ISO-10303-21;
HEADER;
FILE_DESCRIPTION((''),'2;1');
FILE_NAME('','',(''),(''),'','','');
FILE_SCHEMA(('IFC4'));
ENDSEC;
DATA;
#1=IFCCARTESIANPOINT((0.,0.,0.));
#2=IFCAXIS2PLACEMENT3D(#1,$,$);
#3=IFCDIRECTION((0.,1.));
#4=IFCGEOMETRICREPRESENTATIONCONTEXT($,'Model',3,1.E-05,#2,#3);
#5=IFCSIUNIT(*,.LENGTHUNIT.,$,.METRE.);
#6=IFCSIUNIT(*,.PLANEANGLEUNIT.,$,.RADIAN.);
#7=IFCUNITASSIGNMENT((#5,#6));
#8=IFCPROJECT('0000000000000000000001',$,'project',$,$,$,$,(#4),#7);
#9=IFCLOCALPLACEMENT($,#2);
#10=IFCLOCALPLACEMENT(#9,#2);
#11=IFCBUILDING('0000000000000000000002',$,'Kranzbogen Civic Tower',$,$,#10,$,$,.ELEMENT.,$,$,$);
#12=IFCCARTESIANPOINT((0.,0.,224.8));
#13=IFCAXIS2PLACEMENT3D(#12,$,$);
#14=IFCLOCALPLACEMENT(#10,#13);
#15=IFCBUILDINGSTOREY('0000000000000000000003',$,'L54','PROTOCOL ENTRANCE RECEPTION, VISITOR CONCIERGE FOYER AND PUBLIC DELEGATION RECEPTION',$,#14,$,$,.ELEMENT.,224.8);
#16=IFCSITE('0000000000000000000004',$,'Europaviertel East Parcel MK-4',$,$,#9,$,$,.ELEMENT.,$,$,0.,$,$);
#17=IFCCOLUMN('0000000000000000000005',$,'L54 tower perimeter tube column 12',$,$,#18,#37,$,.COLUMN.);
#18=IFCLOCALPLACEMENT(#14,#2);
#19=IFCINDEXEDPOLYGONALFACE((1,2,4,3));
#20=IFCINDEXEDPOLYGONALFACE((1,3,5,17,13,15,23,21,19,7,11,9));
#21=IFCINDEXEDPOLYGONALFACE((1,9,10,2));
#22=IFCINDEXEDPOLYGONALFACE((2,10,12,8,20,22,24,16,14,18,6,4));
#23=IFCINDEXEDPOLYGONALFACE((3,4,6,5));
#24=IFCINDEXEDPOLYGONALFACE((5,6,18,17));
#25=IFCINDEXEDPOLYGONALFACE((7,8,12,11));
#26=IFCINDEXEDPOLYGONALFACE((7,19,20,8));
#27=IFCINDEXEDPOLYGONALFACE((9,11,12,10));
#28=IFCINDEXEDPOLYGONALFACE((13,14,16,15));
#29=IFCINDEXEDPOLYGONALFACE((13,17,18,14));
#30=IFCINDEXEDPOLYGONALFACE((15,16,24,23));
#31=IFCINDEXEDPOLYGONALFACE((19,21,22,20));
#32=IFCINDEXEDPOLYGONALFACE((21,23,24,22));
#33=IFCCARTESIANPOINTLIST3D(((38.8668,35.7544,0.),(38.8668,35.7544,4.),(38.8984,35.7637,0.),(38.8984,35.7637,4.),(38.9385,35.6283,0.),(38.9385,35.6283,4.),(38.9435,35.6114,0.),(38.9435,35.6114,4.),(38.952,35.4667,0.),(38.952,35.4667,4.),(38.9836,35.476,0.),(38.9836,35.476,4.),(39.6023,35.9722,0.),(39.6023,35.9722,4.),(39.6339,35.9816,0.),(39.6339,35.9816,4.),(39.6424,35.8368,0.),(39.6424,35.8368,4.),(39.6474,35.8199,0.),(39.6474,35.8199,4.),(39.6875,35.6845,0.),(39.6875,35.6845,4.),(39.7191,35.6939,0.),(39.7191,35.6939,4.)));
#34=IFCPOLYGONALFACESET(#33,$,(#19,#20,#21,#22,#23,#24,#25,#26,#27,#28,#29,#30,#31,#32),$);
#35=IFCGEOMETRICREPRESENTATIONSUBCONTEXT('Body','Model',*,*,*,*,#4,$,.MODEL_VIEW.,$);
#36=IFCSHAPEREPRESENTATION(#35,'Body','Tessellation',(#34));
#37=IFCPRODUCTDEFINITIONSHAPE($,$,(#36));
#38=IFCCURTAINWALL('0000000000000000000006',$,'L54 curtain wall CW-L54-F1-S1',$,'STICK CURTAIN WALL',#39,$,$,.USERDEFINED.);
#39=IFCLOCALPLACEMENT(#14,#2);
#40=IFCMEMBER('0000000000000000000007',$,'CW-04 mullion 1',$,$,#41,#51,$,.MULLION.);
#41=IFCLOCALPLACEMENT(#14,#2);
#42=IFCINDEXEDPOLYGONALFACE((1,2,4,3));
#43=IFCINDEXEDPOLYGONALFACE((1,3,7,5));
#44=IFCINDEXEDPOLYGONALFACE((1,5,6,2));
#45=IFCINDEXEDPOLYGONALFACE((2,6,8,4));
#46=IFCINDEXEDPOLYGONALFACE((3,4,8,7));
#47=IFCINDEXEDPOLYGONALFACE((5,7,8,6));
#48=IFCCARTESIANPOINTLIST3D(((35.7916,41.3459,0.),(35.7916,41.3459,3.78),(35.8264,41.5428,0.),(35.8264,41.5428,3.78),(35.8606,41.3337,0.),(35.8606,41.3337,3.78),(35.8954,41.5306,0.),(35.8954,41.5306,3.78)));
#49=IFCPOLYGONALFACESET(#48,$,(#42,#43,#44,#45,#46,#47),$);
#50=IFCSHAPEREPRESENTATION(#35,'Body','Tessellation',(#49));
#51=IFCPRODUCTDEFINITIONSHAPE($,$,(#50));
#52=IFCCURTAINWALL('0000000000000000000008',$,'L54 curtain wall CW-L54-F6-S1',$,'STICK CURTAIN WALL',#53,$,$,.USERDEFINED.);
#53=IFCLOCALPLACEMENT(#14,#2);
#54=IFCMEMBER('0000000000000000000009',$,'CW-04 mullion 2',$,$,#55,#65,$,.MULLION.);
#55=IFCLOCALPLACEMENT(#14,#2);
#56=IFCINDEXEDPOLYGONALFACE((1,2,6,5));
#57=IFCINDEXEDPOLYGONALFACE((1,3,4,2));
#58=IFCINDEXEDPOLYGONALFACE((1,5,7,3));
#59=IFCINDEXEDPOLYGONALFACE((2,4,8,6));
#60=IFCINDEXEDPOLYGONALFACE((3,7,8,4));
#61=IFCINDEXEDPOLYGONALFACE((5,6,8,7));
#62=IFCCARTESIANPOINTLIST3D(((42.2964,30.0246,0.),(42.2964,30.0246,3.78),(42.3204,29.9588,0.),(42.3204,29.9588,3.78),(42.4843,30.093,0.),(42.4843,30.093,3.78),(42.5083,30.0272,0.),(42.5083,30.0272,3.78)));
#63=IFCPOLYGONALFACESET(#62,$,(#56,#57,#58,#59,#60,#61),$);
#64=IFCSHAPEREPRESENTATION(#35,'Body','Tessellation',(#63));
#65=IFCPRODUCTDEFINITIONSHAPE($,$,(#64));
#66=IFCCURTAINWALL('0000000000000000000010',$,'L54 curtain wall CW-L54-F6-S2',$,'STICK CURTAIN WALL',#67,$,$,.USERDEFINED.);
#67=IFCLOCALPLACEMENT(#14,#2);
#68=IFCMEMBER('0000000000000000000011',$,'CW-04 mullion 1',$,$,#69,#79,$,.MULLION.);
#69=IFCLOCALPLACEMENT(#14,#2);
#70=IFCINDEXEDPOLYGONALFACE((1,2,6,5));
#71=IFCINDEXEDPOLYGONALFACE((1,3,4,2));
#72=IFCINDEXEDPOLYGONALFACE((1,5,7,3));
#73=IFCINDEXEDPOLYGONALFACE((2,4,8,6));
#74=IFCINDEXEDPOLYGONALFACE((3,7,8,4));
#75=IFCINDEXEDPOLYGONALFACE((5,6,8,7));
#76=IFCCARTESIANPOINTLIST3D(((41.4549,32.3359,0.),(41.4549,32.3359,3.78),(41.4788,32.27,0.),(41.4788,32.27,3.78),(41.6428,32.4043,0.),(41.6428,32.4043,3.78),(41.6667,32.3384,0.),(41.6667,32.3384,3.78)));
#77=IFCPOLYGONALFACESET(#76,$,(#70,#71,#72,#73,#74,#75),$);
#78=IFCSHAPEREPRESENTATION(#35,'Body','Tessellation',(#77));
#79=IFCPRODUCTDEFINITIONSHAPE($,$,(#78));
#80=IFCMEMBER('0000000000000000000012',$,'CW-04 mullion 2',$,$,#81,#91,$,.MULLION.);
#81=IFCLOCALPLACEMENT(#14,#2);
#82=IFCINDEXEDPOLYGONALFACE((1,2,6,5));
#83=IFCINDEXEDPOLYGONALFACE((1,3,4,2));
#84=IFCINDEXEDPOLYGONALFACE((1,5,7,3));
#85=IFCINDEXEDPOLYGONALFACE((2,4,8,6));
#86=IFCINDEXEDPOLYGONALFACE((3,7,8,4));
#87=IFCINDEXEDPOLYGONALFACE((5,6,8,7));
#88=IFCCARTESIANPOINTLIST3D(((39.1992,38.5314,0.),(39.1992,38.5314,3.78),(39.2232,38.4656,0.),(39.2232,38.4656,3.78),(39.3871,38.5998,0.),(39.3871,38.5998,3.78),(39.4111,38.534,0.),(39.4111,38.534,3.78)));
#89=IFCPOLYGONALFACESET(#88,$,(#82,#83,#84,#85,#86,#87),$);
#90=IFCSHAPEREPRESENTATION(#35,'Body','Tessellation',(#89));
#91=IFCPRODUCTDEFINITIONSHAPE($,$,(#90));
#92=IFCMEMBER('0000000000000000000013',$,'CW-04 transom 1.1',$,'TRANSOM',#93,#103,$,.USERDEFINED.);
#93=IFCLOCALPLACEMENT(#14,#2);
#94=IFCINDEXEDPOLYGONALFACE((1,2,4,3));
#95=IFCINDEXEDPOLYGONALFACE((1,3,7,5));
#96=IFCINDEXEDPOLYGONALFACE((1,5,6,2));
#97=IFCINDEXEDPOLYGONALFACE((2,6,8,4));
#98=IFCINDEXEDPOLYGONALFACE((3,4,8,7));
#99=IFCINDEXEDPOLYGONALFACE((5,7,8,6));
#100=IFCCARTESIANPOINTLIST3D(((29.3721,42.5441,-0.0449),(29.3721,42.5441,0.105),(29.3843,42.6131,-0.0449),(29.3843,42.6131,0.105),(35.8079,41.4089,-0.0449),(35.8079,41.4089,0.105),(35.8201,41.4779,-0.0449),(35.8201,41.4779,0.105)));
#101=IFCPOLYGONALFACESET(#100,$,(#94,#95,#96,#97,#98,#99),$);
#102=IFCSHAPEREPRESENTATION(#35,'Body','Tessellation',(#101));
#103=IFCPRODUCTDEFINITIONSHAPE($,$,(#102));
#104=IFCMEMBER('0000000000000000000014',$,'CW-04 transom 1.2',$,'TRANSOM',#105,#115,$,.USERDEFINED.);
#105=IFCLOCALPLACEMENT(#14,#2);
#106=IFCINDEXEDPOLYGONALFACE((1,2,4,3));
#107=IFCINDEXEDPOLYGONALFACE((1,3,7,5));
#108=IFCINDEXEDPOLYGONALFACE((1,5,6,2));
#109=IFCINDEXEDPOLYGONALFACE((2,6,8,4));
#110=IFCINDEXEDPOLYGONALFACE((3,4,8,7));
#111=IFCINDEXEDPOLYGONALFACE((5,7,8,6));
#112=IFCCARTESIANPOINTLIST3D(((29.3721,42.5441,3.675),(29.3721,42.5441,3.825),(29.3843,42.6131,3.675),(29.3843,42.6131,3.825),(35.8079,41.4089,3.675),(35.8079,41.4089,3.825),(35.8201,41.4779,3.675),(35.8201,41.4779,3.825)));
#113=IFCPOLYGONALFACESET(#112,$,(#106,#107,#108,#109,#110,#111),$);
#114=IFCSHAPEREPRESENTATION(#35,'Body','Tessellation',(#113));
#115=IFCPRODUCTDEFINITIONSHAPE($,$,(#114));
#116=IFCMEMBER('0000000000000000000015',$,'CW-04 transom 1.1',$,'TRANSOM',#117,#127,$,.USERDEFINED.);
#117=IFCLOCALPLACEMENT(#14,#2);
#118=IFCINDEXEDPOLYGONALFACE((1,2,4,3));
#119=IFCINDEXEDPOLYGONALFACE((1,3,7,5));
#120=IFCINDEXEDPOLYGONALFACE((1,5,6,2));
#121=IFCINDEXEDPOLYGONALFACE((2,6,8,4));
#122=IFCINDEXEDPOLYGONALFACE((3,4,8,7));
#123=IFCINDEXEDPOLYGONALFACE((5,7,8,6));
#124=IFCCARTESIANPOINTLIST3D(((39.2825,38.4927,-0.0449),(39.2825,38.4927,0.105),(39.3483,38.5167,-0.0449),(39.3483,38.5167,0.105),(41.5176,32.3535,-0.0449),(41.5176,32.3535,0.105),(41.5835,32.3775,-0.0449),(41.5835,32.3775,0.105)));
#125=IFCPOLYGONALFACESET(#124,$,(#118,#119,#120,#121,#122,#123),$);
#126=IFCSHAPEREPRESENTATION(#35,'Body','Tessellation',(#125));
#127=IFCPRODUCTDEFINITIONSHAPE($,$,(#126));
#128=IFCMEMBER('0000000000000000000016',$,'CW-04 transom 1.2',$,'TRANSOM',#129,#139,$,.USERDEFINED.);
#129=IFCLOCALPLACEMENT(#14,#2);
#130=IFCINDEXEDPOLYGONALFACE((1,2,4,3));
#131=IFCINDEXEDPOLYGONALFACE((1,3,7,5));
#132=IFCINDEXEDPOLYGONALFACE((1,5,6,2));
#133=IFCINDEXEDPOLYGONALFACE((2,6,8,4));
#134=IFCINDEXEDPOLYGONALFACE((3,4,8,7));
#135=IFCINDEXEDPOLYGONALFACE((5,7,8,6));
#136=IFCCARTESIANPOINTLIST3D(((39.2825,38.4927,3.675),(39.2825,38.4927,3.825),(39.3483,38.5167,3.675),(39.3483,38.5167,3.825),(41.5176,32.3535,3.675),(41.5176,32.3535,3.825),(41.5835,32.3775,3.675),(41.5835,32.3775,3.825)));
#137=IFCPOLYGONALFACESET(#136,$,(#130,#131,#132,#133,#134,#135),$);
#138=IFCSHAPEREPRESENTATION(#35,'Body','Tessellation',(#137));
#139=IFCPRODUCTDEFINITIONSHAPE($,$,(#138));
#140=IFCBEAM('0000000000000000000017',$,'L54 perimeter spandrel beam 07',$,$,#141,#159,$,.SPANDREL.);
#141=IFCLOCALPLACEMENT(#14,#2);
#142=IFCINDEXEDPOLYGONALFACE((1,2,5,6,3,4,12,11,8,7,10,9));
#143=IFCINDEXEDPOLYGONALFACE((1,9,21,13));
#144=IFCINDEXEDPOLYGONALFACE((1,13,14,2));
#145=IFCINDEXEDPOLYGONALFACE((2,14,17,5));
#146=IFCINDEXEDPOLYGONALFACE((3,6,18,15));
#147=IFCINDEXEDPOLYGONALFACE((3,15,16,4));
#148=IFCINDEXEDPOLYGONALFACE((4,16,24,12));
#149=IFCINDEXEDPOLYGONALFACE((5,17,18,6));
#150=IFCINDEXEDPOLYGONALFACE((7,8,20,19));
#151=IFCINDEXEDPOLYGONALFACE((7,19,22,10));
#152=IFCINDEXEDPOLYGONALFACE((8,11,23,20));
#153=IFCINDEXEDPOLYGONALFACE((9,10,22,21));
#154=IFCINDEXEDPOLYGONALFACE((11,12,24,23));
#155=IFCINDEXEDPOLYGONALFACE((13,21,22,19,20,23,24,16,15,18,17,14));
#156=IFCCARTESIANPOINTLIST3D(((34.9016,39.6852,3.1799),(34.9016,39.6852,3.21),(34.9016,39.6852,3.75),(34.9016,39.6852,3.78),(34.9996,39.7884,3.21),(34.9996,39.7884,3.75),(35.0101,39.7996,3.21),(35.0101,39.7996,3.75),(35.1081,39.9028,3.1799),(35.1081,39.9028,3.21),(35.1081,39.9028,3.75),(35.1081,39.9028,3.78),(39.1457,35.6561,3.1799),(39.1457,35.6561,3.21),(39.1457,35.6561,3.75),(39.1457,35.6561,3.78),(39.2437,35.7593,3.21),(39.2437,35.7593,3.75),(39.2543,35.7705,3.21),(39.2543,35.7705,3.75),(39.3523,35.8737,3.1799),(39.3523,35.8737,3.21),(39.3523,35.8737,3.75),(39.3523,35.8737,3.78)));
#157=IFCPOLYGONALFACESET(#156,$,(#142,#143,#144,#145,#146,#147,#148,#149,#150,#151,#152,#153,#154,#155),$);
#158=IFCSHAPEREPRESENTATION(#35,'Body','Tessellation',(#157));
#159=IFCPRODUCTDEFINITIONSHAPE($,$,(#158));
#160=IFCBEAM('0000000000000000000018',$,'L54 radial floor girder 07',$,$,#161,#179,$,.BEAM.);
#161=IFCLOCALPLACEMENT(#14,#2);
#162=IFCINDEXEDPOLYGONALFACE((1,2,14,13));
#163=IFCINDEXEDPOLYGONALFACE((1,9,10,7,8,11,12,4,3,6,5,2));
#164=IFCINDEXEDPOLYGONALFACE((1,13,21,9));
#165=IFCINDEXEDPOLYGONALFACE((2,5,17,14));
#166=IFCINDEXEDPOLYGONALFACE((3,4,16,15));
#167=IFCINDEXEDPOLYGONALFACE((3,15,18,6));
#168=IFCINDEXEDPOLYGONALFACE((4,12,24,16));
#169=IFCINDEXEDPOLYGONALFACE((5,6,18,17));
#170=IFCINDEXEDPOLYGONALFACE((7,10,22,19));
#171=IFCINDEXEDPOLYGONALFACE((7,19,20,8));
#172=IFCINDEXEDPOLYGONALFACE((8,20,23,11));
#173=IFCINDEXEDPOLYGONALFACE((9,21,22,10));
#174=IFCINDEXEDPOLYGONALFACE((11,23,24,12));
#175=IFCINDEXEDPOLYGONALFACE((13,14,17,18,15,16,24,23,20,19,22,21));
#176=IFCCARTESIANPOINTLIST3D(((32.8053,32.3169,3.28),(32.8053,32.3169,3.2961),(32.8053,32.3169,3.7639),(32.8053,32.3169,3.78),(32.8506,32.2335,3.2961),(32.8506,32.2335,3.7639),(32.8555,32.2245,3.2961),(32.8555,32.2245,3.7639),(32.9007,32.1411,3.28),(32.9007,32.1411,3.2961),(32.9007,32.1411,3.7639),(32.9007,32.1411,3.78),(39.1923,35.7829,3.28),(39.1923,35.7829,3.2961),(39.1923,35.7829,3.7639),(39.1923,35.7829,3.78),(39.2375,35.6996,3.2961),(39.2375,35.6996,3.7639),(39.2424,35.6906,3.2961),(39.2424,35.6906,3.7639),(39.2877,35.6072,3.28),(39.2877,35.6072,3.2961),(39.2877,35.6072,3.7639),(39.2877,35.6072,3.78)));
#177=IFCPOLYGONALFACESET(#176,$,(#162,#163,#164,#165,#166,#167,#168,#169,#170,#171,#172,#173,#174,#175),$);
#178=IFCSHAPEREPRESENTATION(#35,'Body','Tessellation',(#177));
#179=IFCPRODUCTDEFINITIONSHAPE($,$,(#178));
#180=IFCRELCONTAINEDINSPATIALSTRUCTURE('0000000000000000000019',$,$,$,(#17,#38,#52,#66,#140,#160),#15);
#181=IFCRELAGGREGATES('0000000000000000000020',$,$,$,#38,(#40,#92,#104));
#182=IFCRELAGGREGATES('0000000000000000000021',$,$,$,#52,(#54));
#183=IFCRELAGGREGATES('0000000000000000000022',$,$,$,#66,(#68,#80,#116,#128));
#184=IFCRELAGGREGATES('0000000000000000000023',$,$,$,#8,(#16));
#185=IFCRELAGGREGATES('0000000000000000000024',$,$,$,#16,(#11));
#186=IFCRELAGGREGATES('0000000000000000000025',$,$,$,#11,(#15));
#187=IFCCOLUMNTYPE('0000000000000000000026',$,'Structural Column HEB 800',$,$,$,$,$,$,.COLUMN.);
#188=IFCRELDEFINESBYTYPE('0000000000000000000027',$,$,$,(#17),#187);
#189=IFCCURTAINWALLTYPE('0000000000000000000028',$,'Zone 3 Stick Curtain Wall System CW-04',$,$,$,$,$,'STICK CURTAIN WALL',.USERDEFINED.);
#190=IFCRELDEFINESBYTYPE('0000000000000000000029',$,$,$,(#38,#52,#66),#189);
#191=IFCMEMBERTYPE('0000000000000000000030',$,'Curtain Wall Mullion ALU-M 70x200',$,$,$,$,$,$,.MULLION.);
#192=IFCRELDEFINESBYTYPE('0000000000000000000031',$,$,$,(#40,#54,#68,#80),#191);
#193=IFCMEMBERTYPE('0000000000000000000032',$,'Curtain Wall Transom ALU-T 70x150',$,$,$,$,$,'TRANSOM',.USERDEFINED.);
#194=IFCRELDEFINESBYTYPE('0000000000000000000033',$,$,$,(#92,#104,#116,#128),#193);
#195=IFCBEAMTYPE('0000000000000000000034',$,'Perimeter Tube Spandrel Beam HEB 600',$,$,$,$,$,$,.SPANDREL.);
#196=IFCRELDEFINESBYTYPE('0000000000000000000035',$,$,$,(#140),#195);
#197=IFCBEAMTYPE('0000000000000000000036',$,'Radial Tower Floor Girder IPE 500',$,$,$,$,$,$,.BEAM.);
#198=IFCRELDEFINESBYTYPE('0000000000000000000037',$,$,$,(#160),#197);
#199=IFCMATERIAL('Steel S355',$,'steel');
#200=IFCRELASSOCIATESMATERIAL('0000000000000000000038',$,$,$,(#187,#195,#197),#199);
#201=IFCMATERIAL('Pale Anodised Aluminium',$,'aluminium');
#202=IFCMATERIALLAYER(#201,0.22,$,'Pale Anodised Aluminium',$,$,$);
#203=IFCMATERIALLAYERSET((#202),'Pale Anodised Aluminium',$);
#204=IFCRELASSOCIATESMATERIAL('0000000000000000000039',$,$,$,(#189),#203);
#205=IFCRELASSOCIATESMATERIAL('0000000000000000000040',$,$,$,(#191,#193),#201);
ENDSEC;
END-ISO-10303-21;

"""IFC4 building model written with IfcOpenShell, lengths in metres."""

from ifc_helpers import new_model, si_unit, direction, frame, origin, origin_2d, place, context, subcontext, project, spatial, rectangle, i_section, extrude, material, layer, layer_set, material_profile, profile_set, type_object, element, aggregate, save


model = new_model("IFC4")

# Units and contexts
model_context = context("Model", 3, precision=1e-05, world=origin(), true_north=direction((0.0, 1.0)))
body_context = subcontext(model_context, "Body", "Model", "MODEL_VIEW")
ifc_project = project(units=[si_unit("LENGTHUNIT", "METRE"), si_unit("PLANEANGLEUNIT", "RADIAN")], contexts=[model_context])

# Site, building, storey
site_placement = place(None, origin())
site = spatial("IfcSite", under=ifc_project, at=site_placement, Name="Europaviertel East Parcel MK-4", CompositionType="ELEMENT", RefElevation=0.0)
building_placement = place(site_placement, origin())
building = spatial("IfcBuilding", under=site, at=building_placement, Name="Kranzbogen Civic Tower", CompositionType="ELEMENT")
storey_placement = place(building_placement, frame((0.0, 0.0, 224.8)))
storey = spatial("IfcBuildingStorey", under=building, at=storey_placement, Name="L54", Description="PROTOCOL ENTRANCE RECEPTION, VISITOR CONCIERGE FOYER AND PUBLIC DELEGATION RECEPTION", CompositionType="ELEMENT", Elevation=224.8)

# Column
ifc_material_1 = material(Name="Steel S355", Category="steel")
ifc_material_profile_1 = material_profile(ifc_material_1, i_section(OverallWidth=0.3, OverallDepth=0.8, WebThickness=0.0176, FlangeThickness=0.033, at=origin_2d()), Name="HEB 800")
ifc_profile_set_1 = profile_set([ifc_material_profile_1], Name="Steel S355")
column_type = type_object("IfcColumnType", Name="Structural Column HEB 800", PredefinedType="COLUMN", material=ifc_profile_set_1)
column_placement = place(storey_placement, frame((39.293, 35.7241, 0.0), z_axis=(0.0, 0.0, 1.0), x_axis=(-0.284015, 0.95882, 0.0)))
element("IfcColumn", 1, at=column_placement, inside=storey, type_object=column_type, Name="L54 tower perimeter tube column 12", PredefinedType="COLUMN", context=body_context, shape_type="SweptSolid", body=[
    extrude(i_section(OverallWidth=0.3, OverallDepth=0.8, WebThickness=0.0176, FlangeThickness=0.033, at=origin_2d()), origin(), (0.0, 0.0, 1.0), 4.0),
])

# Curtain walls, members
ifc_material_2 = material(Name="Pale Anodised Aluminium", Category="aluminium")
ifc_layer_1 = layer(ifc_material_2, 0.22, Name="Pale Anodised Aluminium")
ifc_layer_set_1 = layer_set([ifc_layer_1], Name="Pale Anodised Aluminium")
curtain_wall_type = type_object("IfcCurtainWallType", Name="Zone 3 Stick Curtain Wall System CW-04", ElementType="STICK CURTAIN WALL", PredefinedType="USERDEFINED", material=ifc_layer_set_1)
curtain_wall_1_placement = place(storey_placement, origin())
curtain_wall_1 = element("IfcCurtainWall", 2, at=curtain_wall_1_placement, inside=storey, type_object=curtain_wall_type, Name="L54 curtain wall CW-L54-F1-S1", ObjectType="STICK CURTAIN WALL", PredefinedType="USERDEFINED")
ifc_material_profile_2 = material_profile(ifc_material_2, rectangle(XDim=0.0701, YDim=0.2, at=origin_2d()), Name="ALU-M 70x200")
ifc_profile_set_2 = profile_set([ifc_material_profile_2], Name="Pale Anodised Aluminium")
member_type_1 = type_object("IfcMemberType", Name="Curtain Wall Mullion ALU-M 70x200", PredefinedType="MULLION", material=ifc_profile_set_2)
member_1_placement = place(storey_placement, frame((35.8435, 41.4382, 0.0), z_axis=(0.0, 0.0, 1.0), x_axis=(-0.984799, 0.1737, 0.0)))
member_1 = element("IfcMember", 3, at=member_1_placement, type_object=member_type_1, Name="CW-04 mullion 1", PredefinedType="MULLION", context=body_context, shape_type="SweptSolid", body=[
    extrude(rectangle(XDim=0.0701, YDim=0.2, at=origin_2d()), origin(), (0.0, 0.0, 1.0), 3.78),
])
curtain_wall_2_placement = place(storey_placement, origin())
curtain_wall_2 = element("IfcCurtainWall", 4, at=curtain_wall_2_placement, inside=storey, type_object=curtain_wall_type, Name="L54 curtain wall CW-L54-F6-S1", ObjectType="STICK CURTAIN WALL", PredefinedType="USERDEFINED")
member_2_placement = place(storey_placement, frame((42.4023, 30.0259, 0.0), z_axis=(0.0, 0.0, 1.0), x_axis=(-0.342033, 0.939688, 0.0)))
member_2 = element("IfcMember", 5, at=member_2_placement, type_object=member_type_1, Name="CW-04 mullion 2", PredefinedType="MULLION", context=body_context, shape_type="SweptSolid", body=[
    extrude(rectangle(XDim=0.0701, YDim=0.2, at=origin_2d()), origin(), (0.0, 0.0, 1.0), 3.78),
])

# Curtain wall, members
curtain_wall_3_placement = place(storey_placement, origin())
curtain_wall_3 = element("IfcCurtainWall", 6, at=curtain_wall_3_placement, inside=storey, type_object=curtain_wall_type, Name="L54 curtain wall CW-L54-F6-S2", ObjectType="STICK CURTAIN WALL", PredefinedType="USERDEFINED")
member_3_placement = place(storey_placement, frame((41.5608, 32.3372, 0.0), z_axis=(0.0, 0.0, 1.0), x_axis=(-0.342081, 0.93967, 0.0)))
member_3 = element("IfcMember", 7, at=member_3_placement, type_object=member_type_1, Name="CW-04 mullion 1", PredefinedType="MULLION", context=body_context, shape_type="SweptSolid", body=[
    extrude(rectangle(XDim=0.0701, YDim=0.2, at=origin_2d()), origin(), (0.0, 0.0, 1.0), 3.78),
])
member_4_placement = place(storey_placement, frame((39.3052, 38.5327, 0.0), z_axis=(0.0, 0.0, 1.0), x_axis=(-0.342081, 0.93967, 0.0)))
member_4 = element("IfcMember", 8, at=member_4_placement, type_object=member_type_1, Name="CW-04 mullion 2", PredefinedType="MULLION", context=body_context, shape_type="SweptSolid", body=[
    extrude(rectangle(XDim=0.0701, YDim=0.2, at=origin_2d()), origin(), (0.0, 0.0, 1.0), 3.78),
])

# Members
ifc_material_profile_3 = material_profile(ifc_material_2, rectangle(XDim=0.0701, YDim=0.1499, at=origin_2d()), Name="ALU-T 70x150")
ifc_profile_set_3 = profile_set([ifc_material_profile_3], Name="Pale Anodised Aluminium")
member_type_2 = type_object("IfcMemberType", Name="Curtain Wall Transom ALU-T 70x150", ElementType="TRANSOM", PredefinedType="USERDEFINED", material=ifc_profile_set_3)
member_5_placement = place(storey_placement, frame((35.814, 41.4434, 0.03), z_axis=(-0.984796, 0.173715, 0.0), x_axis=(-0.173715, -0.984796, 0.0)))
member_5 = element("IfcMember", 9, at=member_5_placement, type_object=member_type_2, Name="CW-04 transom 1.1", ObjectType="TRANSOM", PredefinedType="USERDEFINED", context=body_context, shape_type="SweptSolid", body=[
    extrude(rectangle(XDim=0.0701, YDim=0.1499, at=origin_2d()), origin(), (0.0, 0.0, 1.0), 6.5352),
])
member_6_placement = place(storey_placement, frame((35.814, 41.4434, 3.75), z_axis=(-0.984796, 0.173715, 0.0), x_axis=(-0.173715, -0.984796, 0.0)))
member_6 = element("IfcMember", 10, at=member_6_placement, type_object=member_type_2, Name="CW-04 transom 1.2", ObjectType="TRANSOM", PredefinedType="USERDEFINED", context=body_context, shape_type="SweptSolid", body=[
    extrude(rectangle(XDim=0.0701, YDim=0.1499, at=origin_2d()), origin(), (0.0, 0.0, 1.0), 6.5352),
])
aggregate(curtain_wall_1, [member_1, member_5, member_6])
member_7_placement = place(storey_placement, frame((41.5505, 32.3655, 0.03), z_axis=(-0.342106, 0.939661, 0.0), x_axis=(-0.939661, -0.342106, 0.0)))
member_7 = element("IfcMember", 11, at=member_7_placement, type_object=member_type_2, Name="CW-04 transom 1.1", ObjectType="TRANSOM", PredefinedType="USERDEFINED", context=body_context, shape_type="SweptSolid", body=[
    extrude(rectangle(XDim=0.0701, YDim=0.1499, at=origin_2d()), origin(), (0.0, 0.0, 1.0), 6.5334),
])
member_8_placement = place(storey_placement, frame((41.5505, 32.3655, 3.75), z_axis=(-0.342106, 0.939661, 0.0), x_axis=(-0.939661, -0.342106, 0.0)))
member_8 = element("IfcMember", 12, at=member_8_placement, type_object=member_type_2, Name="CW-04 transom 1.2", ObjectType="TRANSOM", PredefinedType="USERDEFINED", context=body_context, shape_type="SweptSolid", body=[
    extrude(rectangle(XDim=0.0701, YDim=0.1499, at=origin_2d()), origin(), (0.0, 0.0, 1.0), 6.5334),
])

# Beams
ifc_material_profile_4 = material_profile(ifc_material_1, i_section(OverallWidth=0.3, OverallDepth=0.6001, WebThickness=0.0154, FlangeThickness=0.03, at=origin_2d()), Name="HEB 600")
ifc_profile_set_4 = profile_set([ifc_material_profile_4], Name="Steel S355")
beam_type_1 = type_object("IfcBeamType", Name="Perimeter Tube Spandrel Beam HEB 600", PredefinedType="SPANDREL", material=ifc_profile_set_4)
beam_1_placement = place(storey_placement, frame((39.249, 35.7649, 3.48), z_axis=(-0.725245, 0.688491, 0.0), x_axis=(-0.688491, -0.725245, 0.0)))
element("IfcBeam", 13, at=beam_1_placement, inside=storey, type_object=beam_type_1, Name="L54 perimeter spandrel beam 07", PredefinedType="SPANDREL", context=body_context, shape_type="SweptSolid", body=[
    extrude(i_section(OverallWidth=0.3, OverallDepth=0.6001, WebThickness=0.0154, FlangeThickness=0.03, at=origin_2d()), origin(), (0.0, 0.0, 1.0), 5.8521),
])
ifc_material_profile_5 = material_profile(ifc_material_1, i_section(OverallWidth=0.2, OverallDepth=0.5, WebThickness=0.0103, FlangeThickness=0.0161, at=origin_2d()), Name="IPE 500")
ifc_profile_set_5 = profile_set([ifc_material_profile_5], Name="Steel S355")
beam_type_2 = type_object("IfcBeamType", Name="Radial Tower Floor Girder IPE 500", PredefinedType="BEAM", material=ifc_profile_set_5)
beam_2_placement = place(storey_placement, frame((39.24, 35.6951, 3.53), z_axis=(-0.878919, -0.47697, 0.0), x_axis=(0.47697, -0.878919, 0.0)))
element("IfcBeam", 14, at=beam_2_placement, inside=storey, type_object=beam_type_2, Name="L54 radial floor girder 07", PredefinedType="BEAM", context=body_context, shape_type="SweptSolid", body=[
    extrude(i_section(OverallWidth=0.2, OverallDepth=0.5, WebThickness=0.0103, FlangeThickness=0.0161, at=origin_2d()), origin(), (0.0, 0.0, 1.0), 7.2668),
])

aggregate(curtain_wall_2, [member_2])
aggregate(curtain_wall_3, [member_3, member_4, member_7, member_8])

save(model, "model.ifc")
